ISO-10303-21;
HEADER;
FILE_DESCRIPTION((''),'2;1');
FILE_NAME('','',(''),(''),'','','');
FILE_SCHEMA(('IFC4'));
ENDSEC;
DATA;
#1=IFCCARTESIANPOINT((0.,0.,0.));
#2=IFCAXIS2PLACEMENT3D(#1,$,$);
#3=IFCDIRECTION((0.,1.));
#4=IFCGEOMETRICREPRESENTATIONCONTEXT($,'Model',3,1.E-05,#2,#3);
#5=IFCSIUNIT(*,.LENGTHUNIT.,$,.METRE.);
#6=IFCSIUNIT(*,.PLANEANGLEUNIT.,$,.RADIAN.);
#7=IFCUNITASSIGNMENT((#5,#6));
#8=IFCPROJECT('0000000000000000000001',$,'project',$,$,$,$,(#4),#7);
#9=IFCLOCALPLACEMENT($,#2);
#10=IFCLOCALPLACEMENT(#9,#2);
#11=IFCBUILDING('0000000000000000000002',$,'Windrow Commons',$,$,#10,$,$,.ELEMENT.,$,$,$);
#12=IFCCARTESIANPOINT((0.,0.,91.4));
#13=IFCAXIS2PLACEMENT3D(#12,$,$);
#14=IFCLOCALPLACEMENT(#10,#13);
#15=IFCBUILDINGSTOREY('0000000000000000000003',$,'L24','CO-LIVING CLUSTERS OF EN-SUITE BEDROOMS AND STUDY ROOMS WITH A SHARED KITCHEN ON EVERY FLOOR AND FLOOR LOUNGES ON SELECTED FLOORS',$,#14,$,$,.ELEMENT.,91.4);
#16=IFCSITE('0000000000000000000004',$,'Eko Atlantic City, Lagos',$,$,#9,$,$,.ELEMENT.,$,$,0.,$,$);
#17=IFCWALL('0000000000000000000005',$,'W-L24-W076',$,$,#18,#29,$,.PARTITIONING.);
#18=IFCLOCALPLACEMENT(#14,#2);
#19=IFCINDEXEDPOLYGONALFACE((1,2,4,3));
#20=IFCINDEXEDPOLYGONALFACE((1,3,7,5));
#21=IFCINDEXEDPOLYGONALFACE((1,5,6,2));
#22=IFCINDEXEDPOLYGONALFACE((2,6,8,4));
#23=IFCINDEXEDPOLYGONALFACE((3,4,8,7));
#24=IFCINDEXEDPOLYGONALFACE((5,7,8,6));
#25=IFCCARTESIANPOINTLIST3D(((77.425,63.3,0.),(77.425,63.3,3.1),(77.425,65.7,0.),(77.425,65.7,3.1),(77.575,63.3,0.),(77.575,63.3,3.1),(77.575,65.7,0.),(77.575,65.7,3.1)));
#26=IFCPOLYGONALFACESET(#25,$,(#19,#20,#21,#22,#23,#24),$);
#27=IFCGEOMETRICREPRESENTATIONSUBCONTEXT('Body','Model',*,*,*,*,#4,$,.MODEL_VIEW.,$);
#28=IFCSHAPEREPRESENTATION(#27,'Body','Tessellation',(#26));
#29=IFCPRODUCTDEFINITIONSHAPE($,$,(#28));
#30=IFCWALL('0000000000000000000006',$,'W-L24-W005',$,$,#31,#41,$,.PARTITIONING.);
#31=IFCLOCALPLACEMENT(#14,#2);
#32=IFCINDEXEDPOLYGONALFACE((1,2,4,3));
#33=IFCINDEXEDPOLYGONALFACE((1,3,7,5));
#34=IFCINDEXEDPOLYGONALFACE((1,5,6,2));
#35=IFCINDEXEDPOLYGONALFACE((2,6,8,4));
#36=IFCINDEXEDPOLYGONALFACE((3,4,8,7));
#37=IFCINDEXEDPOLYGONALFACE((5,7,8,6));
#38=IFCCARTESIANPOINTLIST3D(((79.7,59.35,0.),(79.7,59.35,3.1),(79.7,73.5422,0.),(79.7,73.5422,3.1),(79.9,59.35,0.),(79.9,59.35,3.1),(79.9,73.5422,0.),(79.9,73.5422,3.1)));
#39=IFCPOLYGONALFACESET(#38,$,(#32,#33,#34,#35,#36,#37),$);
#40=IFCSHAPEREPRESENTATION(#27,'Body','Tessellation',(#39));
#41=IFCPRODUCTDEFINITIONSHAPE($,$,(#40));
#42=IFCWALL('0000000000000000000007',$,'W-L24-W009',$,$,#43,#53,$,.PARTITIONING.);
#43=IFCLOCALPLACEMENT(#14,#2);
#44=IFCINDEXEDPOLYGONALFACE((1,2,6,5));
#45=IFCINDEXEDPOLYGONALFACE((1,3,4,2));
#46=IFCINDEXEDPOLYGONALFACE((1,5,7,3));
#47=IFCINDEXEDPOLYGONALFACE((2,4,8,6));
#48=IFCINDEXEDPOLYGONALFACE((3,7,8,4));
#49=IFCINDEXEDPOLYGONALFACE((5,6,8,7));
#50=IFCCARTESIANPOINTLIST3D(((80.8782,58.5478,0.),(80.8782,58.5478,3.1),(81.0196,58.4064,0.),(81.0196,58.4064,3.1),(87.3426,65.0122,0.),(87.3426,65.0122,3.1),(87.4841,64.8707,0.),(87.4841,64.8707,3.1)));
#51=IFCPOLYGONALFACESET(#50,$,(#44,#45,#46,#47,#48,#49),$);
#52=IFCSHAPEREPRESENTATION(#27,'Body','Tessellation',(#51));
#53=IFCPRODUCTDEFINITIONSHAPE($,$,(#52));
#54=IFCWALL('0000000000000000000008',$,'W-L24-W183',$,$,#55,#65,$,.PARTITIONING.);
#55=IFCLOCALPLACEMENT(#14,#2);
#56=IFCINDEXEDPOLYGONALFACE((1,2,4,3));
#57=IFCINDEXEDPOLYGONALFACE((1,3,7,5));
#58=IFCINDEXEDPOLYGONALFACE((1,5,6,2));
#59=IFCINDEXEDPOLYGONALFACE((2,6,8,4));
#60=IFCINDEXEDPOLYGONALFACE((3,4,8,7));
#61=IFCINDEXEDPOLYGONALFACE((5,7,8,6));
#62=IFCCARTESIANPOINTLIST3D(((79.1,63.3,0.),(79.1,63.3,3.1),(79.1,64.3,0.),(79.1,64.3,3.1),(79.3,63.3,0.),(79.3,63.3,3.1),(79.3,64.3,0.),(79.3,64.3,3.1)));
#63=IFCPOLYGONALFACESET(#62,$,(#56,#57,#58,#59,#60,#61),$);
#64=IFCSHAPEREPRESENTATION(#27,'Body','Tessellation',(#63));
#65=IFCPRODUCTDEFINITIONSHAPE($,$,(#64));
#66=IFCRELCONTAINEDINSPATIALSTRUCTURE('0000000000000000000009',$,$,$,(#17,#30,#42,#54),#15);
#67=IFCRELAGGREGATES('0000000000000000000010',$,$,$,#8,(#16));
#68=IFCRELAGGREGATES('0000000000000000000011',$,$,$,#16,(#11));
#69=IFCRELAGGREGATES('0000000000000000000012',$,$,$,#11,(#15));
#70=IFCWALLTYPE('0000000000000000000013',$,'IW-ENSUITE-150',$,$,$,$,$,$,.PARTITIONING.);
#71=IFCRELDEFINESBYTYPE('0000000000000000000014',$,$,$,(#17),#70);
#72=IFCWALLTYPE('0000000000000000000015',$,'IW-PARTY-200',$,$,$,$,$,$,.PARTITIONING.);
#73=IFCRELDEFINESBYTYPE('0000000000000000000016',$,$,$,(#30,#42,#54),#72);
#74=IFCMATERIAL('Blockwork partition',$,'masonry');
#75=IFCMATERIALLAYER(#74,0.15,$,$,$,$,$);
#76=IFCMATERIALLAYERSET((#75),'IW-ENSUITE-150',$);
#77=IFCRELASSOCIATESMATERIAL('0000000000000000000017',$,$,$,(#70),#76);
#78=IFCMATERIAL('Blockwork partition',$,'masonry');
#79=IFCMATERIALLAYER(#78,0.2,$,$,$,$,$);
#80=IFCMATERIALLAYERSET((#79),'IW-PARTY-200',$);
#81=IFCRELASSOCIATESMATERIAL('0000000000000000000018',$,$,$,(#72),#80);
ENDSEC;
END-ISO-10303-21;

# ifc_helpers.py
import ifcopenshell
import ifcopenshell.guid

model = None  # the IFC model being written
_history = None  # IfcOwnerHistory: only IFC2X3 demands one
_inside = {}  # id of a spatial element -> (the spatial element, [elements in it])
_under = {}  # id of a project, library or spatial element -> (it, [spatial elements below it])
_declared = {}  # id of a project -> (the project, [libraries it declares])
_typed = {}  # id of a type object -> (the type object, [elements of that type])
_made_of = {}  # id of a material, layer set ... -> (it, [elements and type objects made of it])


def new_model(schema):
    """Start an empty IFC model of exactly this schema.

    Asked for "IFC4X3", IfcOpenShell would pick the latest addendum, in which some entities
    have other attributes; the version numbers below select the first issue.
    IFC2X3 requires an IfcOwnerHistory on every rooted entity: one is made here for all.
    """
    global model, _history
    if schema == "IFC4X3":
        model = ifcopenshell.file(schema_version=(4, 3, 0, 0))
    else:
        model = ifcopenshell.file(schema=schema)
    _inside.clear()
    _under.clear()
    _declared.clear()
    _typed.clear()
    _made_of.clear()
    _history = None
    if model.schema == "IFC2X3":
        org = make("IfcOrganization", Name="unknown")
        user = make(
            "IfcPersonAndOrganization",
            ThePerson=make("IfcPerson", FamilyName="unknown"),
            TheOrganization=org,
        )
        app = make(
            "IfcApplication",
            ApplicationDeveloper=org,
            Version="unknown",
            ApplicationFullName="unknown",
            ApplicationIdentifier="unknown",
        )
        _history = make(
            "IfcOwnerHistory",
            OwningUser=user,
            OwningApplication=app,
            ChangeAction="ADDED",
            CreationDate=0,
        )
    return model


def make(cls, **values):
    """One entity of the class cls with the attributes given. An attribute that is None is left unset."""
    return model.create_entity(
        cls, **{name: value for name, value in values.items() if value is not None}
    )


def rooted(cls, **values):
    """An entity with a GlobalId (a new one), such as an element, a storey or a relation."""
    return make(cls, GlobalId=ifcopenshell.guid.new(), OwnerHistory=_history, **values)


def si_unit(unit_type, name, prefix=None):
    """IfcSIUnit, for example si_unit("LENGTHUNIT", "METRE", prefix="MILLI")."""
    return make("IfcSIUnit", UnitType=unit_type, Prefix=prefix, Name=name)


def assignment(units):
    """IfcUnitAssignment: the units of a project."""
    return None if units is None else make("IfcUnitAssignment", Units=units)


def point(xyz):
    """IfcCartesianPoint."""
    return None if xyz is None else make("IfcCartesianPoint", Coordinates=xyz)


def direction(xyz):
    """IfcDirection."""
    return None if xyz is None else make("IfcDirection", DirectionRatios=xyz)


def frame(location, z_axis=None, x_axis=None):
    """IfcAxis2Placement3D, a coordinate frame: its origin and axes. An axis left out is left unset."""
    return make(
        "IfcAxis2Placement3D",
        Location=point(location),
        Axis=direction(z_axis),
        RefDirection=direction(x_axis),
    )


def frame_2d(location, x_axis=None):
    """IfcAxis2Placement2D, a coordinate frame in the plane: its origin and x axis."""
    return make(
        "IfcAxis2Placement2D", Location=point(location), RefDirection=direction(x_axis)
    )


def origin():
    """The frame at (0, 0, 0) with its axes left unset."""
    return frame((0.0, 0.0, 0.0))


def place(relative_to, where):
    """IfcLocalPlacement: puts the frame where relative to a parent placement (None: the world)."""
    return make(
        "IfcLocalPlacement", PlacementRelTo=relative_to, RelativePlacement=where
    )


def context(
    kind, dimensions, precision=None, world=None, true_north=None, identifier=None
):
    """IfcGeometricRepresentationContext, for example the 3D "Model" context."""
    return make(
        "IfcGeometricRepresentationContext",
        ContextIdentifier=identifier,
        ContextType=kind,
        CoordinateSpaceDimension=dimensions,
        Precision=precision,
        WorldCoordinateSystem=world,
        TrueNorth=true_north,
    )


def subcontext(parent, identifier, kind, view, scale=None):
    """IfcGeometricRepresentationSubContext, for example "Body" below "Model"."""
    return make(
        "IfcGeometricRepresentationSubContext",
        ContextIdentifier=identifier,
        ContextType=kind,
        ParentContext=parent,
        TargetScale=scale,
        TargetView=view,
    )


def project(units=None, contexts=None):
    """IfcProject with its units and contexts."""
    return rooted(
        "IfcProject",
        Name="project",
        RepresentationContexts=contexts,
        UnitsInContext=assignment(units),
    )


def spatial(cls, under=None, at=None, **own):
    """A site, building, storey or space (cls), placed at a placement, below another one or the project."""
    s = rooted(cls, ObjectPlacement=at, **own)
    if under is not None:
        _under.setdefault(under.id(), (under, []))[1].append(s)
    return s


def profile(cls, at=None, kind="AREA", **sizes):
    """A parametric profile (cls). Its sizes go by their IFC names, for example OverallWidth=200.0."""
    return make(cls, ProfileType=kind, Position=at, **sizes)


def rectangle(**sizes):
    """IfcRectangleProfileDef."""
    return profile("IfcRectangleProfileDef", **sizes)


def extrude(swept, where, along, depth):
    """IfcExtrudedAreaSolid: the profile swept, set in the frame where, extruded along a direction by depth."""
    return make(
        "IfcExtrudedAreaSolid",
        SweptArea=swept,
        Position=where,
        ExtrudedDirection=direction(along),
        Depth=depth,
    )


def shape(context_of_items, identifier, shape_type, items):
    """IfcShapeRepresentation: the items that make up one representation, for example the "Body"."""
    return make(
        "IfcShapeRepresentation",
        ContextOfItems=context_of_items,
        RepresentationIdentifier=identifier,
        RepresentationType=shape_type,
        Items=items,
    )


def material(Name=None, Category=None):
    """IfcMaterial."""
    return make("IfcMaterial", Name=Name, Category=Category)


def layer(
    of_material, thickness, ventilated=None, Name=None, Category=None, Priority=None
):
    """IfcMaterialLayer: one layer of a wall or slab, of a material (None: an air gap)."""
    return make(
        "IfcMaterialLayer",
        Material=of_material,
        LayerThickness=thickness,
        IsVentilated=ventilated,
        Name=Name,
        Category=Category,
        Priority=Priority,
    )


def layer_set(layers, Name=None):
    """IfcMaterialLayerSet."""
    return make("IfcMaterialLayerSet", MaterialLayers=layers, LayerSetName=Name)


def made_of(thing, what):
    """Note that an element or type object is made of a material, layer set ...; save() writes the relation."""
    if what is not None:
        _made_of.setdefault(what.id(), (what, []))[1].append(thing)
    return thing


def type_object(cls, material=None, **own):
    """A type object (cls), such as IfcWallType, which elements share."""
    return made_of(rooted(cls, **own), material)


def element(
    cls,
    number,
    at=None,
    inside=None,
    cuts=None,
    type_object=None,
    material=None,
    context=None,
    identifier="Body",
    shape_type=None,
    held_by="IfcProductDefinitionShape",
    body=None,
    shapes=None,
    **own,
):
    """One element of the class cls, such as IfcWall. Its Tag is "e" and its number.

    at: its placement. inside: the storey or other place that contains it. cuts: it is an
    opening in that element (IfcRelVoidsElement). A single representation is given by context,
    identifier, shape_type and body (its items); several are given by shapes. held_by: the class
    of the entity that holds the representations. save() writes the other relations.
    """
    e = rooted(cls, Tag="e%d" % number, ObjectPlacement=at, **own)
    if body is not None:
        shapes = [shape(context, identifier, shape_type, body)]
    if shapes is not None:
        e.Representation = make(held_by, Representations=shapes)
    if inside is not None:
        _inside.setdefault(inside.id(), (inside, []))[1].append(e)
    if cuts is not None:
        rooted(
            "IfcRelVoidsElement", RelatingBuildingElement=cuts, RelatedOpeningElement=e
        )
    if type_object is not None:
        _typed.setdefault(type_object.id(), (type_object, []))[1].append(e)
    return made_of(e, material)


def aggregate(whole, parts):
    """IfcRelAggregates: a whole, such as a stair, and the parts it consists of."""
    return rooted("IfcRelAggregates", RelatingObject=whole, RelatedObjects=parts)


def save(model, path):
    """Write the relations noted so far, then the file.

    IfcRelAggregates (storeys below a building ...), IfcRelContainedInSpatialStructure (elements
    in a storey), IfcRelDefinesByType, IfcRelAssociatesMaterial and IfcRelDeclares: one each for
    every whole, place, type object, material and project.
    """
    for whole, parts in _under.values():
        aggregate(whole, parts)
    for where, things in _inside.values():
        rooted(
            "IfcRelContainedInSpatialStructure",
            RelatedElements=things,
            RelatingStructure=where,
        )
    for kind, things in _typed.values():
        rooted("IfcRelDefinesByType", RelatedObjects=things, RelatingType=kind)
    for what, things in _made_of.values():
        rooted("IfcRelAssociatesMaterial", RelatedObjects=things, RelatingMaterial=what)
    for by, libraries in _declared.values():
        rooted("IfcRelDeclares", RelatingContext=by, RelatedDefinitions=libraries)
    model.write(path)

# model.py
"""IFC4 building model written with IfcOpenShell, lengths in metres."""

from ifc_helpers import new_model, si_unit, direction, frame, frame_2d, origin, place, context, subcontext, project, spatial, rectangle, extrude, material, layer, layer_set, type_object, element, save


model = new_model("IFC4")

# Units and contexts
model_context = context("Model", 3, precision=1e-05, world=origin(), true_north=direction((0.0, 1.0)))
body_context = subcontext(model_context, "Body", "Model", "MODEL_VIEW")
ifc_project = project(units=[si_unit("LENGTHUNIT", "METRE"), si_unit("PLANEANGLEUNIT", "RADIAN")], contexts=[model_context])

# Site, building, storey
site_placement = place(None, origin())
site = spatial("IfcSite", under=ifc_project, at=site_placement, Name="Eko Atlantic City, Lagos", CompositionType="ELEMENT", RefElevation=0.0)
building_placement = place(site_placement, origin())
building = spatial("IfcBuilding", under=site, at=building_placement, Name="Windrow Commons", CompositionType="ELEMENT")
storey_placement = place(building_placement, frame((0.0, 0.0, 91.4)))
storey = spatial("IfcBuildingStorey", under=building, at=storey_placement, Name="L24", Description="CO-LIVING CLUSTERS OF EN-SUITE BEDROOMS AND STUDY ROOMS WITH A SHARED KITCHEN ON EVERY FLOOR AND FLOOR LOUNGES ON SELECTED FLOORS", CompositionType="ELEMENT", Elevation=91.4)

# Walls
ifc_material_1 = material(Name="Blockwork partition", Category="masonry")
ifc_layer_1 = layer(ifc_material_1, 0.15)
ifc_layer_set_1 = layer_set([ifc_layer_1], Name="IW-ENSUITE-150")
wall_type_1 = type_object("IfcWallType", Name="IW-ENSUITE-150", PredefinedType="PARTITIONING", material=ifc_layer_set_1)
for number, where, z_axis, x_axis, name in (
    (1, (77.5, 63.3, 0.0), (0.0, 0.0, 1.0), (0.0, 1.0, 0.0), "W-L24-W076"),
):
    element("IfcWall", number, at=place(storey_placement, frame(where, z_axis=z_axis, x_axis=x_axis)), inside=storey, type_object=wall_type_1, Name=name, PredefinedType="PARTITIONING", context=body_context, shape_type="SweptSolid", body=[
        extrude(rectangle(XDim=2.4, YDim=0.15, at=frame_2d((1.2, 0.0))), origin(), (0.0, 0.0, 1.0), 3.1),
    ])
ifc_material_2 = material(Name="Blockwork partition", Category="masonry")
ifc_layer_2 = layer(ifc_material_2, 0.2)
ifc_layer_set_2 = layer_set([ifc_layer_2], Name="IW-PARTY-200")
wall_type_2 = type_object("IfcWallType", Name="IW-PARTY-200", PredefinedType="PARTITIONING", material=ifc_layer_set_2)
wall_1_placement = place(storey_placement, frame((79.8, 59.35, 0.0), z_axis=(0.0, 0.0, 1.0), x_axis=(0.0, 1.0, 0.0)))
element("IfcWall", 2, at=wall_1_placement, inside=storey, type_object=wall_type_2, Name="W-L24-W005", PredefinedType="PARTITIONING", context=body_context, shape_type="SweptSolid", body=[
    extrude(rectangle(XDim=14.1922, YDim=0.2, at=frame_2d((7.0961, 0.0))), origin(), (0.0, 0.0, 1.0), 3.1),
])
wall_2_placement = place(storey_placement, frame((80.9489, 58.4771, 0.0), z_axis=(0.0, 0.0, 1.0), x_axis=(0.707112, 0.707101, 0.0)))
element("IfcWall", 3, at=wall_2_placement, inside=storey, type_object=wall_type_2, Name="W-L24-W009", PredefinedType="PARTITIONING", context=body_context, shape_type="SweptSolid", body=[
    extrude(rectangle(XDim=9.1421, YDim=0.2, at=frame_2d((4.571, 0.0))), origin(), (0.0, 0.0, 1.0), 3.1),
])
wall_3_placement = place(storey_placement, frame((79.2, 63.3, 0.0), z_axis=(0.0, 0.0, 1.0), x_axis=(0.0, 1.0, 0.0)))
element("IfcWall", 4, at=wall_3_placement, inside=storey, type_object=wall_type_2, Name="W-L24-W183", PredefinedType="PARTITIONING", context=body_context, shape_type="SweptSolid", body=[
    extrude(rectangle(XDim=1.0, YDim=0.2, at=frame_2d((0.5, 0.0))), origin(), (0.0, 0.0, 1.0), 3.1),
])

save(model, "model.ifc")
